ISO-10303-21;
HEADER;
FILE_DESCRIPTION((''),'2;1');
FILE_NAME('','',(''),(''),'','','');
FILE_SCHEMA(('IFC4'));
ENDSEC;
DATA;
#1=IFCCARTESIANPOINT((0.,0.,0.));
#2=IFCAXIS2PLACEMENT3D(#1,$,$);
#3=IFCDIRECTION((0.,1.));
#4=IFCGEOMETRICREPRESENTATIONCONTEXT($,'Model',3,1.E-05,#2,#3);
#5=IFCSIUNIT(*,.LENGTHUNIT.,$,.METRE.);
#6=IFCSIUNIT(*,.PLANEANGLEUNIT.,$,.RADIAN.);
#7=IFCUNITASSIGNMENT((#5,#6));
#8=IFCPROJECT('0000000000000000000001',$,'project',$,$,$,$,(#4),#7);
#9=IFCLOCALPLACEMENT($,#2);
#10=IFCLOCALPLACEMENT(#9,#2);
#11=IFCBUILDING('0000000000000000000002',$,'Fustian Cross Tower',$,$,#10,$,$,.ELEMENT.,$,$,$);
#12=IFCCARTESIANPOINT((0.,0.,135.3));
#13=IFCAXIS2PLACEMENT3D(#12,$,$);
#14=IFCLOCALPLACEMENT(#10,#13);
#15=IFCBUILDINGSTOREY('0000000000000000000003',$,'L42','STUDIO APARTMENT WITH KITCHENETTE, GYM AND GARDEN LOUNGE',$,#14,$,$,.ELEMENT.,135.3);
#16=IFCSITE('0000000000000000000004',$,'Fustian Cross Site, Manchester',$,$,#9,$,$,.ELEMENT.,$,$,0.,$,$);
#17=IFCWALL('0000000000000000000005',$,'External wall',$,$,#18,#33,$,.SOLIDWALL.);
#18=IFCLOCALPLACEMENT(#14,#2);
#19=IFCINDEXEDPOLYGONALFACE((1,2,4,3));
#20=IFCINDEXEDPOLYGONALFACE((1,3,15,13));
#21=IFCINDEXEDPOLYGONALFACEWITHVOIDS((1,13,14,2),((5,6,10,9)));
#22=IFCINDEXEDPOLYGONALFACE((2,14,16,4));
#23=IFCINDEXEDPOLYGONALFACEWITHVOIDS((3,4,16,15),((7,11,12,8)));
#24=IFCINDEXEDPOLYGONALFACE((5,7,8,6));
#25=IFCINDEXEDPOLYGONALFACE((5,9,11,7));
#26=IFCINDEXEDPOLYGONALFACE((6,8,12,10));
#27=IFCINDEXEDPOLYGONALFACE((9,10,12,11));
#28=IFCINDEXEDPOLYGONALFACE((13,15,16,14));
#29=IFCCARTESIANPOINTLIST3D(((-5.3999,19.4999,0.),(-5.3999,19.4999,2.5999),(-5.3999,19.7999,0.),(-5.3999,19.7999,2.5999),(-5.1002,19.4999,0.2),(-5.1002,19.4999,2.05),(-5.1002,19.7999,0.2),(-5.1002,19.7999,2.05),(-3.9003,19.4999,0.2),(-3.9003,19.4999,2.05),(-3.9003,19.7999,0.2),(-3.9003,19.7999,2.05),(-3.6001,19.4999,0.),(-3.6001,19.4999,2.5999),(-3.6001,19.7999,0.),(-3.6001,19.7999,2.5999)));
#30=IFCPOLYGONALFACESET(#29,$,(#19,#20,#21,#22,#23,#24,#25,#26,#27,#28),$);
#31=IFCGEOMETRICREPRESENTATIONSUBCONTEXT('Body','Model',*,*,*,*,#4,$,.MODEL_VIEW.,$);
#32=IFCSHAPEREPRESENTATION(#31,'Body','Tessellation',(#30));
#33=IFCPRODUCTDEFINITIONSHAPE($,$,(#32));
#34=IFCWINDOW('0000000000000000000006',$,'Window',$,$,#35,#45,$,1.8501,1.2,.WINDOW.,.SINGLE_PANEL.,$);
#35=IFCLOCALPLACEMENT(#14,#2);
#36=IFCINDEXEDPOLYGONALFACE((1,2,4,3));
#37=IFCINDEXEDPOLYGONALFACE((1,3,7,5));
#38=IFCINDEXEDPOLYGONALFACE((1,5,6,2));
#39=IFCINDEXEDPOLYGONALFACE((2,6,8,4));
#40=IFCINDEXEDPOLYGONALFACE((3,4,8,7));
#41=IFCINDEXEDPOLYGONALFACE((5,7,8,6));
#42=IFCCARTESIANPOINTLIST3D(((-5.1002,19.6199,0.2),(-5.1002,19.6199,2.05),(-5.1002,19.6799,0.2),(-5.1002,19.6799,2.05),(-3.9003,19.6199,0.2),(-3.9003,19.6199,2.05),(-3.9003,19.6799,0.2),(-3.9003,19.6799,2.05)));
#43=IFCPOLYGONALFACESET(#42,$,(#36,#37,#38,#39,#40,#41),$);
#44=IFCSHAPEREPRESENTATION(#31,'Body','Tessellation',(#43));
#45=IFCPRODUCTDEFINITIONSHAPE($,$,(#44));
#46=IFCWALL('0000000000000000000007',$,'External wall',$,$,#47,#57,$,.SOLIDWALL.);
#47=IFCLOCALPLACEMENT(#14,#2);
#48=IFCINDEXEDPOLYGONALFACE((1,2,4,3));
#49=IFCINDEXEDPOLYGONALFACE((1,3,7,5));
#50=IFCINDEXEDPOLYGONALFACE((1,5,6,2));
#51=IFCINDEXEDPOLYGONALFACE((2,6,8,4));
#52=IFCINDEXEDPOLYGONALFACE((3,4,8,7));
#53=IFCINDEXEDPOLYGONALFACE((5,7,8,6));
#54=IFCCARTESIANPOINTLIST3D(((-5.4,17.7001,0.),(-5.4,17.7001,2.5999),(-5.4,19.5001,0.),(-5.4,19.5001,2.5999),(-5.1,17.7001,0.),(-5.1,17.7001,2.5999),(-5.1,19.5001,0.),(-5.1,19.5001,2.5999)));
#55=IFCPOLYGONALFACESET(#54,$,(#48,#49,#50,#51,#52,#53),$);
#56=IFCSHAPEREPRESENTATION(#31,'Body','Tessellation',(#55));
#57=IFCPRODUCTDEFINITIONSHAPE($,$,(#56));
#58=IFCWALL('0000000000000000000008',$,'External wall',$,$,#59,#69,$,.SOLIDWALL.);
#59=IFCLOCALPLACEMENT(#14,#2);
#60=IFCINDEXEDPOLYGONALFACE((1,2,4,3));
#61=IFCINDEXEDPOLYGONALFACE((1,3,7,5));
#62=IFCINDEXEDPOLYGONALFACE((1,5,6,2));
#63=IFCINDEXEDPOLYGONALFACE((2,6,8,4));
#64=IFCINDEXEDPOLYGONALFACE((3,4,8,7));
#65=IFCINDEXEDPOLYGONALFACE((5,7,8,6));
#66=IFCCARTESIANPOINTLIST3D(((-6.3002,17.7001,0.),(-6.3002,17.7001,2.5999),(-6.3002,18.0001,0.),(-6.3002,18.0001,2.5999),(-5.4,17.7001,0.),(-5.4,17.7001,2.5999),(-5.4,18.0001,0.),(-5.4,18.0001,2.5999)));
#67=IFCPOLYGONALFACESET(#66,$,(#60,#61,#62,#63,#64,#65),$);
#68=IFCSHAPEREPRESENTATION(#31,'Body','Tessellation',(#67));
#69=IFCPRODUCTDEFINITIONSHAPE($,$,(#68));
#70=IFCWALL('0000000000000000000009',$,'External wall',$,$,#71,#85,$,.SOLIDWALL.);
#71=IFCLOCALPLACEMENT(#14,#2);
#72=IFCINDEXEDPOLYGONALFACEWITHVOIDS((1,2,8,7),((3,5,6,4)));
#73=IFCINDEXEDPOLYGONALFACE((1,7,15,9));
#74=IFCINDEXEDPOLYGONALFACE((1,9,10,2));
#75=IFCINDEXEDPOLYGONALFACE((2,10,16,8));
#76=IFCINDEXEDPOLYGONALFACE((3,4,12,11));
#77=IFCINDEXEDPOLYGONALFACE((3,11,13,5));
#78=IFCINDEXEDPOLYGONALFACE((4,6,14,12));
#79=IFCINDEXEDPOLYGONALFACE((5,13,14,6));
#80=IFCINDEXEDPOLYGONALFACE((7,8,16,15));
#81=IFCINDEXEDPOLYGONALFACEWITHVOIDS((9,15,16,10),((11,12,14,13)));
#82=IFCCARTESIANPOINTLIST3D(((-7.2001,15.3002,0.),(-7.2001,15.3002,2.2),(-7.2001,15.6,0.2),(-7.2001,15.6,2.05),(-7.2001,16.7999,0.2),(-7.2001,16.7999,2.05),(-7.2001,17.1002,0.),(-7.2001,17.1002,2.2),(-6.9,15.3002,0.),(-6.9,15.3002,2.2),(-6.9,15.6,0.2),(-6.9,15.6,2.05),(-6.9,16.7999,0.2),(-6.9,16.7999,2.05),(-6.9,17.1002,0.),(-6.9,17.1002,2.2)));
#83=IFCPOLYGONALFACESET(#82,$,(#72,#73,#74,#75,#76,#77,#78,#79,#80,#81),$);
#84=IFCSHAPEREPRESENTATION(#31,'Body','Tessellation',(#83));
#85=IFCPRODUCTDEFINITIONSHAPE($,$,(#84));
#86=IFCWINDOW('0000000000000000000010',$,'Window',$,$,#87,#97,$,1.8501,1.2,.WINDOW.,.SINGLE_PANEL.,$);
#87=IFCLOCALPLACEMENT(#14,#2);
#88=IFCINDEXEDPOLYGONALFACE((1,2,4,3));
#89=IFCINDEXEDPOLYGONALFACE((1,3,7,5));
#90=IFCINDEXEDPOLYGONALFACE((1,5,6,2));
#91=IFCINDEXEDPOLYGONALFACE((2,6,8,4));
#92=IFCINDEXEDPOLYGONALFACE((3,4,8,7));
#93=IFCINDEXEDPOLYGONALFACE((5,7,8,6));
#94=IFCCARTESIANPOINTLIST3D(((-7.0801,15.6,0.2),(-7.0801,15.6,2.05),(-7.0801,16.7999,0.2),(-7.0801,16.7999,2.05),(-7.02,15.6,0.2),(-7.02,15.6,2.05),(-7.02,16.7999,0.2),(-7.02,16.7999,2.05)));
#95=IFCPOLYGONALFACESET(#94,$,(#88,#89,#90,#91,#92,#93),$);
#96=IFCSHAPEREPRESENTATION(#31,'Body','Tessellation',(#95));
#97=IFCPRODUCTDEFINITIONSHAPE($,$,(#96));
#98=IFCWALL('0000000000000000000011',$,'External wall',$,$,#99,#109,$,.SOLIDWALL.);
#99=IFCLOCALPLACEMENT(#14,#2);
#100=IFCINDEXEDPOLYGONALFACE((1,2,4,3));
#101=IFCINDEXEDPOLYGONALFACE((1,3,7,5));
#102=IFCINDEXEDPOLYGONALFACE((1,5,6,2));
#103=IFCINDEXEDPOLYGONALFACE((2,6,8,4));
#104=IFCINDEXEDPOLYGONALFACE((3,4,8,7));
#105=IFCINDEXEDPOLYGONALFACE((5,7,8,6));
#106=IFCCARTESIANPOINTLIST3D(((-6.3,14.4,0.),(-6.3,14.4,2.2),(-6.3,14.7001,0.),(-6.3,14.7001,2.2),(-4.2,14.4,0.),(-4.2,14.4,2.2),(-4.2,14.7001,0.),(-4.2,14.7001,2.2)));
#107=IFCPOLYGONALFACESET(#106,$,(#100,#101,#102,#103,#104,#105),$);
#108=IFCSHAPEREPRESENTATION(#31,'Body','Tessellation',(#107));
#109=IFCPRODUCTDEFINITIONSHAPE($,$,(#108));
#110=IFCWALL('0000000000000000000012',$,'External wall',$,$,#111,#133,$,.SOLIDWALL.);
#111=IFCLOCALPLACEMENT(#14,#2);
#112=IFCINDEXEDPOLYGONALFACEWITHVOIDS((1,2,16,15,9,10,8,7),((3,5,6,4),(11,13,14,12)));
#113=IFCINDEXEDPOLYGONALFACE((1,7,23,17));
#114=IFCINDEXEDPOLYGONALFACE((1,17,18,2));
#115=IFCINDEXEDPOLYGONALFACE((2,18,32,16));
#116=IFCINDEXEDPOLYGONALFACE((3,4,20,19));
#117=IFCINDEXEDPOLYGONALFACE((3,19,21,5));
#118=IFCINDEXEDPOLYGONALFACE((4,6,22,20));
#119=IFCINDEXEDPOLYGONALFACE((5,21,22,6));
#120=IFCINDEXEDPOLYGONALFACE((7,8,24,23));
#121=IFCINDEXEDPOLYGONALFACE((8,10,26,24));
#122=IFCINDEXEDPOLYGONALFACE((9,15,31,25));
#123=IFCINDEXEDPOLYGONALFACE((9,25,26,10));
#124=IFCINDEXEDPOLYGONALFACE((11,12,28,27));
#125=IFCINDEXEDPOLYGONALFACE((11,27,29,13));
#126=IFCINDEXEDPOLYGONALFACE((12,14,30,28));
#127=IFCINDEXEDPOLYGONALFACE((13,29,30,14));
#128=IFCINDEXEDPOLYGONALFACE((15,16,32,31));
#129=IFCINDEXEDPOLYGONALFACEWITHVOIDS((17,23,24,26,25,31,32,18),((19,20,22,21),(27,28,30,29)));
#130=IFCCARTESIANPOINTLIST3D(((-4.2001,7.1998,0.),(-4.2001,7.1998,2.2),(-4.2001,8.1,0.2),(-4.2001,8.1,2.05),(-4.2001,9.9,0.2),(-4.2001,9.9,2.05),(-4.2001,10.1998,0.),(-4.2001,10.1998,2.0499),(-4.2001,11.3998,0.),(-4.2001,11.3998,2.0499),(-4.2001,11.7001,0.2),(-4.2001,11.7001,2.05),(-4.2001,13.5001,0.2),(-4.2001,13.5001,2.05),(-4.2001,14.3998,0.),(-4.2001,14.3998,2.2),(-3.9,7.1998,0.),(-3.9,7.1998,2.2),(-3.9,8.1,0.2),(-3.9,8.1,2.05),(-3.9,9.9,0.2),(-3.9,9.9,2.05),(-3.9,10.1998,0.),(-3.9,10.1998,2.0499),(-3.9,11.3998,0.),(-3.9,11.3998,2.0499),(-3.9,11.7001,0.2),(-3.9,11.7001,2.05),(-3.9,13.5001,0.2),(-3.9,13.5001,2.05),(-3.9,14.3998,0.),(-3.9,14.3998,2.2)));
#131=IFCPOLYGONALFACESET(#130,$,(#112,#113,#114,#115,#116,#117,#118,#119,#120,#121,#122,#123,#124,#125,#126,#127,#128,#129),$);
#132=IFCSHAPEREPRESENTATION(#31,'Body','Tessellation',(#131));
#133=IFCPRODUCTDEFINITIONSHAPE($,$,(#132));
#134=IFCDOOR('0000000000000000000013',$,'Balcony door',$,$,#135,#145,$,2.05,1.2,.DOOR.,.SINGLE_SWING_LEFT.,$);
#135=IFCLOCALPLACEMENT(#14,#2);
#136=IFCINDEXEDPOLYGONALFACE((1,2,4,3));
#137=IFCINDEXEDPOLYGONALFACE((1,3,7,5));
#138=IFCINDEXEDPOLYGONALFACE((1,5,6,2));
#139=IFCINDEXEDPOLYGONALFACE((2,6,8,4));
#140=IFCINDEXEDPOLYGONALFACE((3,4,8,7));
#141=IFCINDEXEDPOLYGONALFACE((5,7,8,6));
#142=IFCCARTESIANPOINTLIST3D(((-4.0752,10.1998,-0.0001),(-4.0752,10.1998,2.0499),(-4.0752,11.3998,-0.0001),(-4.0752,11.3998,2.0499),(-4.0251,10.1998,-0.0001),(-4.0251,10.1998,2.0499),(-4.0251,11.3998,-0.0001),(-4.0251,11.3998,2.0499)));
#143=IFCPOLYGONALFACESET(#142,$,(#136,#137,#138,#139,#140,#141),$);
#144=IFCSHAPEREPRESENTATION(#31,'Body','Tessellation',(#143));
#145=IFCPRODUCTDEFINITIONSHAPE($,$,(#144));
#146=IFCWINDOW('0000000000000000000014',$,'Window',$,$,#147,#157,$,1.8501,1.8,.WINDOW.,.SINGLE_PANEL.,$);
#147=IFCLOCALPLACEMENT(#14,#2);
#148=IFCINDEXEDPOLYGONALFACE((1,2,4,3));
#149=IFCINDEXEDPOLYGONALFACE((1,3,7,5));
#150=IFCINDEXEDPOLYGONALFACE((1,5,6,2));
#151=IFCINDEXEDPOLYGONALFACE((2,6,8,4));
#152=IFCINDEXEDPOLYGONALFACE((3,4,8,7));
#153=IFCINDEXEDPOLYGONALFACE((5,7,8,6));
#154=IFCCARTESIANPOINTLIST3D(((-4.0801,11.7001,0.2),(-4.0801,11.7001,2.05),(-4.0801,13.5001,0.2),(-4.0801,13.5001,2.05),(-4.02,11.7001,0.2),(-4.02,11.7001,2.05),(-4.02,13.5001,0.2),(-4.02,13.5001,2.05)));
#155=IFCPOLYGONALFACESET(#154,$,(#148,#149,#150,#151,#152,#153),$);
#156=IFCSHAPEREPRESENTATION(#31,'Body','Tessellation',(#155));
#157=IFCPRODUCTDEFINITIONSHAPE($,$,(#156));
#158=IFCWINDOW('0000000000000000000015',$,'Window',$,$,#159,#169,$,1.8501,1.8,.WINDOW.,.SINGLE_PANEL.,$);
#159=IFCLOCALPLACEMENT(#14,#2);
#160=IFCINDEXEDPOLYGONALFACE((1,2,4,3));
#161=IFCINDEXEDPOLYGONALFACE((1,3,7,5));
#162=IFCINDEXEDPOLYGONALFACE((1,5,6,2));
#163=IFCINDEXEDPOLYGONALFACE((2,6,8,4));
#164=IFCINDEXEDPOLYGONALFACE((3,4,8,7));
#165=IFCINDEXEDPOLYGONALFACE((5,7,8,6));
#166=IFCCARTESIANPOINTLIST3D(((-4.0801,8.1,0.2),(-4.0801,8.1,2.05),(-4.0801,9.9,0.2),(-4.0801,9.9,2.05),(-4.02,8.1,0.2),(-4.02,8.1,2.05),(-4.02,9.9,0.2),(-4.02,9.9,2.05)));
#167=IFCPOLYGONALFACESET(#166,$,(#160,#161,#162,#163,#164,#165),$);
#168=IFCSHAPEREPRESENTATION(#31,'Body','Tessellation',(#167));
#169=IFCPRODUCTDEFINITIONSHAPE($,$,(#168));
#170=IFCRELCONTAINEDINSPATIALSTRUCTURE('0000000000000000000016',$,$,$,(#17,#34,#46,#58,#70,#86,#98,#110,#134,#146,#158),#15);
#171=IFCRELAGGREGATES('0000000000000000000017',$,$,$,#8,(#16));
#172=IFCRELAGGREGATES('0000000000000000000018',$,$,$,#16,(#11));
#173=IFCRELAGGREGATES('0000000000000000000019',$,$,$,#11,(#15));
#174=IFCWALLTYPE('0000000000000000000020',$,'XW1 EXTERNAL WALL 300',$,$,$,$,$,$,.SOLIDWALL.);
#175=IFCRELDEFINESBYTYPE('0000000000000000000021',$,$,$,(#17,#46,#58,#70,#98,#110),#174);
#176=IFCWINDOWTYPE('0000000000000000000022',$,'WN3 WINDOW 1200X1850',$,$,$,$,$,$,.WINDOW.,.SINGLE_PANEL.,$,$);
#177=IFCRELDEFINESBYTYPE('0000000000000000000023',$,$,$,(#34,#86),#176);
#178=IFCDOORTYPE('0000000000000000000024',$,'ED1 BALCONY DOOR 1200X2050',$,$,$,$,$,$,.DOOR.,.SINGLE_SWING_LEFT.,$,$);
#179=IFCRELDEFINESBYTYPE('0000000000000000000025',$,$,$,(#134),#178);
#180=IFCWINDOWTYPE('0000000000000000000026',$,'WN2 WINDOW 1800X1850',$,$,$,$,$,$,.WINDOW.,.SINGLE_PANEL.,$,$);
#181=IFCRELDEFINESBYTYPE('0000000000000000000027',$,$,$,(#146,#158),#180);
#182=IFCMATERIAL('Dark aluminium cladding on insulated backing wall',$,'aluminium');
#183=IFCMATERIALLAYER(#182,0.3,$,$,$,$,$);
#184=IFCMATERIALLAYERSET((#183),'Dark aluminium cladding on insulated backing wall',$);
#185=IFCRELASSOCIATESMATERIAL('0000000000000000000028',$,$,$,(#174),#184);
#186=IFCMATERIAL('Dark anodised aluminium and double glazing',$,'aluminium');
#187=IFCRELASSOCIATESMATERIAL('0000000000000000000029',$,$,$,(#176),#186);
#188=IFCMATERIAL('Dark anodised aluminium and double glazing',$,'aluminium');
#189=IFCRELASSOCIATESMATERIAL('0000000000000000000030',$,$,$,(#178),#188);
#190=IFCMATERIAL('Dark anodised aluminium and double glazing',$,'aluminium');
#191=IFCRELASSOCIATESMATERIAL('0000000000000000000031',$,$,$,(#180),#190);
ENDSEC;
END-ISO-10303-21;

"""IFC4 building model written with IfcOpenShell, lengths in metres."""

from ifc_helpers import new_model, si_unit, direction, frame, frame_2d, origin, place, context, subcontext, project, spatial, rectangle, extrude, material, layer, layer_set, type_object, element, fill, save


model = new_model("IFC4")

# Units and contexts
model_context = context("Model", 3, precision=1e-05, world=origin(), true_north=direction((0.0, 1.0)))
body_context = subcontext(model_context, "Body", "Model", "MODEL_VIEW")
ifc_project = project(units=[si_unit("LENGTHUNIT", "METRE"), si_unit("PLANEANGLEUNIT", "RADIAN")], contexts=[model_context])

# Site, building, storey
site_placement = place(None, origin())
site = spatial("IfcSite", under=ifc_project, at=site_placement, Name="Fustian Cross Site, Manchester", CompositionType="ELEMENT", RefElevation=0.0)
building_placement = place(site_placement, origin())
building = spatial("IfcBuilding", under=site, at=building_placement, Name="Fustian Cross Tower", CompositionType="ELEMENT")
storey_placement = place(building_placement, frame((0.0, 0.0, 135.3)))
storey = spatial("IfcBuildingStorey", under=building, at=storey_placement, Name="L42", Description="STUDIO APARTMENT WITH KITCHENETTE, GYM AND GARDEN LOUNGE", CompositionType="ELEMENT", Elevation=135.3)

# Shared definitions
ifc_material_1 = material(Name="Dark aluminium cladding on insulated backing wall", Category="aluminium")
ifc_layer_1 = layer(ifc_material_1, 0.3)
ifc_layer_set_1 = layer_set([ifc_layer_1], Name="Dark aluminium cladding on insulated backing wall")
wall_type_1 = type_object("IfcWallType", Name="XW1 EXTERNAL WALL 300", PredefinedType="SOLIDWALL", material=ifc_layer_set_1)

# Wall, opening, window
wall_1_placement = place(storey_placement, frame((-3.6001, 19.6499, 0.0), z_axis=(0.0, 0.0, 1.0), x_axis=(-1.0, 0.0, 0.0)))
wall_1 = element("IfcWall", 1, at=wall_1_placement, inside=storey, type_object=wall_type_1, Name="External wall", PredefinedType="SOLIDWALL", context=body_context, shape_type="SweptSolid", body=[
    extrude(rectangle(XDim=1.7998, YDim=0.3, at=frame_2d((0.8999, 0.0))), origin(), (0.0, 0.0, 1.0), 2.5999),
])
opening_1_placement = place(wall_1_placement, frame((0.3, 0.0, 0.2)))
opening_1 = element("IfcOpeningElement", 2, at=opening_1_placement, cuts=wall_1, PredefinedType="OPENING", context=body_context, shape_type="SweptSolid", body=[
    extrude(rectangle(XDim=1.2, YDim=1.8501, at=frame_2d((0.6001, 0.925))), frame((0.0, 0.1599, 0.0), z_axis=(0.0, -1.0, 0.0), x_axis=(1.0, 0.0, 0.0)), (0.0, 0.0, 1.0), 0.3201),
])
ifc_material_2 = material(Name="Dark anodised aluminium and double glazing", Category="aluminium")
window_type_1 = type_object("IfcWindowType", Name="WN3 WINDOW 1200X1850", PartitioningType="SINGLE_PANEL", PredefinedType="WINDOW", material=ifc_material_2)
window_1_placement = place(opening_1_placement, origin())
window_1 = element("IfcWindow", 3, at=window_1_placement, inside=storey, type_object=window_type_1, Name="Window", OverallHeight=1.8501, OverallWidth=1.2, PartitioningType="SINGLE_PANEL", PredefinedType="WINDOW", context=body_context, shape_type="SweptSolid", body=[
    extrude(rectangle(XDim=1.2, YDim=1.8501, at=frame_2d((0.6001, 0.925))), frame((0.0, 0.03, 0.0), z_axis=(0.0, -1.0, 0.0), x_axis=(1.0, 0.0, 0.0)), (0.0, 0.0, 1.0), 0.0601),
])
fill(opening_1, window_1)

# Walls
wall_2_placement = place(storey_placement, frame((-5.25, 19.5, 0.0), z_axis=(0.0, 0.0, 1.0), x_axis=(0.0, -1.0, 0.0)))
element("IfcWall", 4, at=wall_2_placement, inside=storey, type_object=wall_type_1, Name="External wall", PredefinedType="SOLIDWALL", context=body_context, shape_type="SweptSolid", body=[
    extrude(rectangle(XDim=1.8, YDim=0.3, at=frame_2d((0.8999, 0.0))), origin(), (0.0, 0.0, 1.0), 2.5999),
])
wall_3_placement = place(storey_placement, frame((-5.3999, 17.8501, 0.0), z_axis=(0.0, 0.0, 1.0), x_axis=(-1.0, 0.0, 0.0)))
element("IfcWall", 5, at=wall_3_placement, inside=storey, type_object=wall_type_1, Name="External wall", PredefinedType="SOLIDWALL", context=body_context, shape_type="SweptSolid", body=[
    extrude(rectangle(XDim=0.9001, YDim=0.3, at=frame_2d((0.4502, 0.0))), origin(), (0.0, 0.0, 1.0), 2.5999),
])

# Wall, opening, window
wall_4_placement = place(storey_placement, frame((-7.05, 17.1001, 0.0), z_axis=(0.0, 0.0, 1.0), x_axis=(0.0, -1.0, 0.0)))
wall_4 = element("IfcWall", 6, at=wall_4_placement, inside=storey, type_object=wall_type_1, Name="External wall", PredefinedType="SOLIDWALL", context=body_context, shape_type="SweptSolid", body=[
    extrude(rectangle(XDim=1.8, YDim=0.3, at=frame_2d((0.8999, 0.0))), origin(), (0.0, 0.0, 1.0), 2.2),
])
opening_2_placement = place(wall_4_placement, frame((0.3, 0.0, 0.2)))
opening_2 = element("IfcOpeningElement", 7, at=opening_2_placement, cuts=wall_4, PredefinedType="OPENING", context=body_context, shape_type="SweptSolid", body=[
    extrude(rectangle(XDim=1.2, YDim=1.8501, at=frame_2d((0.6001, 0.925))), frame((0.0, 0.1599, 0.0), z_axis=(0.0, -1.0, 0.0), x_axis=(1.0, 0.0, 0.0)), (0.0, 0.0, 1.0), 0.3201),
])
window_2_placement = place(opening_2_placement, origin())
window_2 = element("IfcWindow", 8, at=window_2_placement, inside=storey, type_object=window_type_1, Name="Window", OverallHeight=1.8501, OverallWidth=1.2, PartitioningType="SINGLE_PANEL", PredefinedType="WINDOW", context=body_context, shape_type="SweptSolid", body=[
    extrude(rectangle(XDim=1.2, YDim=1.8501, at=frame_2d((0.6001, 0.925))), frame((0.0, 0.03, 0.0), z_axis=(0.0, -1.0, 0.0), x_axis=(1.0, 0.0, 0.0)), (0.0, 0.0, 1.0), 0.0601),
])
fill(opening_2, window_2)

# Wall
wall_5_placement = place(storey_placement, frame((-6.3, 14.55, 0.0), z_axis=(0.0, 0.0, 1.0), x_axis=(1.0, 0.0, 0.0)))
element("IfcWall", 9, at=wall_5_placement, inside=storey, type_object=wall_type_1, Name="External wall", PredefinedType="SOLIDWALL", context=body_context, shape_type="SweptSolid", body=[
    extrude(rectangle(XDim=2.1001, YDim=0.3, at=frame_2d((1.05, 0.0))), origin(), (0.0, 0.0, 1.0), 2.2),
])

# Wall, openings, door, windows
wall_6_placement = place(storey_placement, frame((-4.05, 14.3999, 0.0), z_axis=(0.0, 0.0, 1.0), x_axis=(0.0, -1.0, 0.0)))
wall_6 = element("IfcWall", 10, at=wall_6_placement, inside=storey, type_object=wall_type_1, Name="External wall", PredefinedType="SOLIDWALL", context=body_context, shape_type="SweptSolid", body=[
    extrude(rectangle(XDim=7.2, YDim=0.3, at=frame_2d((3.6001, 0.0))), origin(), (0.0, 0.0, 1.0), 2.2),
])
opening_3_placement = place(wall_6_placement, frame((3.0, 0.0, 0.0)))
opening_3 = element("IfcOpeningElement", 11, at=opening_3_placement, cuts=wall_6, PredefinedType="OPENING", context=body_context, shape_type="SweptSolid", body=[
    extrude(rectangle(XDim=1.2, YDim=2.05, at=frame_2d((0.6001, 1.0249))), frame((0.0, 0.1599, 0.0), z_axis=(0.0, -1.0, 0.0), x_axis=(1.0, 0.0, 0.0)), (0.0, 0.0, 1.0), 0.3201),
])
opening_4_placement = place(wall_6_placement, frame((0.8999, 0.0, 0.2)))
opening_4 = element("IfcOpeningElement", 12, at=opening_4_placement, cuts=wall_6, PredefinedType="OPENING", context=body_context, shape_type="SweptSolid", body=[
    extrude(rectangle(XDim=1.8, YDim=1.8501, at=frame_2d((0.8999, 0.925))), frame((0.0, 0.1599, 0.0), z_axis=(0.0, -1.0, 0.0), x_axis=(1.0, 0.0, 0.0)), (0.0, 0.0, 1.0), 0.3201),
])
opening_5_placement = place(wall_6_placement, frame((4.5, 0.0, 0.2)))
opening_5 = element("IfcOpeningElement", 13, at=opening_5_placement, cuts=wall_6, PredefinedType="OPENING", context=body_context, shape_type="SweptSolid", body=[
    extrude(rectangle(XDim=1.8, YDim=1.8501, at=frame_2d((0.8999, 0.925))), frame((0.0, 0.1599, 0.0), z_axis=(0.0, -1.0, 0.0), x_axis=(1.0, 0.0, 0.0)), (0.0, 0.0, 1.0), 0.3201),
])
ifc_material_3 = material(Name="Dark anodised aluminium and double glazing", Category="aluminium")
door_type_1 = type_object("IfcDoorType", Name="ED1 BALCONY DOOR 1200X2050", OperationType="SINGLE_SWING_LEFT", PredefinedType="DOOR", material=ifc_material_3)
door_1_placement = place(opening_3_placement, origin())
door_1 = element("IfcDoor", 14, at=door_1_placement, inside=storey, type_object=door_type_1, Name="Balcony door", OperationType="SINGLE_SWING_LEFT", OverallHeight=2.05, OverallWidth=1.2, PredefinedType="DOOR", context=body_context, shape_type="SweptSolid", body=[
    extrude(rectangle(XDim=1.2, YDim=2.05, at=frame_2d((0.6001, 1.0249))), frame((0.0, 0.0249, 0.0), z_axis=(0.0, -1.0, 0.0), x_axis=(1.0, 0.0, 0.0)), (0.0, 0.0, 1.0), 0.05),
])
fill(opening_3, door_1)
ifc_material_4 = material(Name="Dark anodised aluminium and double glazing", Category="aluminium")
window_type_2 = type_object("IfcWindowType", Name="WN2 WINDOW 1800X1850", PartitioningType="SINGLE_PANEL", PredefinedType="WINDOW", material=ifc_material_4)
window_3_placement = place(opening_4_placement, origin())
window_3 = element("IfcWindow", 15, at=window_3_placement, inside=storey, type_object=window_type_2, Name="Window", OverallHeight=1.8501, OverallWidth=1.8, PartitioningType="SINGLE_PANEL", PredefinedType="WINDOW", context=body_context, shape_type="SweptSolid", body=[
    extrude(rectangle(XDim=1.8, YDim=1.8501, at=frame_2d((0.8999, 0.925))), frame((0.0, 0.03, 0.0), z_axis=(0.0, -1.0, 0.0), x_axis=(1.0, 0.0, 0.0)), (0.0, 0.0, 1.0), 0.0601),
])
fill(opening_4, window_3)
window_4_placement = place(opening_5_placement, origin())
window_4 = element("IfcWindow", 16, at=window_4_placement, inside=storey, type_object=window_type_2, Name="Window", OverallHeight=1.8501, OverallWidth=1.8, PartitioningType="SINGLE_PANEL", PredefinedType="WINDOW", context=body_context, shape_type="SweptSolid", body=[
    extrude(rectangle(XDim=1.8, YDim=1.8501, at=frame_2d((0.8999, 0.925))), frame((0.0, 0.03, 0.0), z_axis=(0.0, -1.0, 0.0), x_axis=(1.0, 0.0, 0.0)), (0.0, 0.0, 1.0), 0.0601),
])
fill(opening_5, window_4)

save(model, "model.ifc")
